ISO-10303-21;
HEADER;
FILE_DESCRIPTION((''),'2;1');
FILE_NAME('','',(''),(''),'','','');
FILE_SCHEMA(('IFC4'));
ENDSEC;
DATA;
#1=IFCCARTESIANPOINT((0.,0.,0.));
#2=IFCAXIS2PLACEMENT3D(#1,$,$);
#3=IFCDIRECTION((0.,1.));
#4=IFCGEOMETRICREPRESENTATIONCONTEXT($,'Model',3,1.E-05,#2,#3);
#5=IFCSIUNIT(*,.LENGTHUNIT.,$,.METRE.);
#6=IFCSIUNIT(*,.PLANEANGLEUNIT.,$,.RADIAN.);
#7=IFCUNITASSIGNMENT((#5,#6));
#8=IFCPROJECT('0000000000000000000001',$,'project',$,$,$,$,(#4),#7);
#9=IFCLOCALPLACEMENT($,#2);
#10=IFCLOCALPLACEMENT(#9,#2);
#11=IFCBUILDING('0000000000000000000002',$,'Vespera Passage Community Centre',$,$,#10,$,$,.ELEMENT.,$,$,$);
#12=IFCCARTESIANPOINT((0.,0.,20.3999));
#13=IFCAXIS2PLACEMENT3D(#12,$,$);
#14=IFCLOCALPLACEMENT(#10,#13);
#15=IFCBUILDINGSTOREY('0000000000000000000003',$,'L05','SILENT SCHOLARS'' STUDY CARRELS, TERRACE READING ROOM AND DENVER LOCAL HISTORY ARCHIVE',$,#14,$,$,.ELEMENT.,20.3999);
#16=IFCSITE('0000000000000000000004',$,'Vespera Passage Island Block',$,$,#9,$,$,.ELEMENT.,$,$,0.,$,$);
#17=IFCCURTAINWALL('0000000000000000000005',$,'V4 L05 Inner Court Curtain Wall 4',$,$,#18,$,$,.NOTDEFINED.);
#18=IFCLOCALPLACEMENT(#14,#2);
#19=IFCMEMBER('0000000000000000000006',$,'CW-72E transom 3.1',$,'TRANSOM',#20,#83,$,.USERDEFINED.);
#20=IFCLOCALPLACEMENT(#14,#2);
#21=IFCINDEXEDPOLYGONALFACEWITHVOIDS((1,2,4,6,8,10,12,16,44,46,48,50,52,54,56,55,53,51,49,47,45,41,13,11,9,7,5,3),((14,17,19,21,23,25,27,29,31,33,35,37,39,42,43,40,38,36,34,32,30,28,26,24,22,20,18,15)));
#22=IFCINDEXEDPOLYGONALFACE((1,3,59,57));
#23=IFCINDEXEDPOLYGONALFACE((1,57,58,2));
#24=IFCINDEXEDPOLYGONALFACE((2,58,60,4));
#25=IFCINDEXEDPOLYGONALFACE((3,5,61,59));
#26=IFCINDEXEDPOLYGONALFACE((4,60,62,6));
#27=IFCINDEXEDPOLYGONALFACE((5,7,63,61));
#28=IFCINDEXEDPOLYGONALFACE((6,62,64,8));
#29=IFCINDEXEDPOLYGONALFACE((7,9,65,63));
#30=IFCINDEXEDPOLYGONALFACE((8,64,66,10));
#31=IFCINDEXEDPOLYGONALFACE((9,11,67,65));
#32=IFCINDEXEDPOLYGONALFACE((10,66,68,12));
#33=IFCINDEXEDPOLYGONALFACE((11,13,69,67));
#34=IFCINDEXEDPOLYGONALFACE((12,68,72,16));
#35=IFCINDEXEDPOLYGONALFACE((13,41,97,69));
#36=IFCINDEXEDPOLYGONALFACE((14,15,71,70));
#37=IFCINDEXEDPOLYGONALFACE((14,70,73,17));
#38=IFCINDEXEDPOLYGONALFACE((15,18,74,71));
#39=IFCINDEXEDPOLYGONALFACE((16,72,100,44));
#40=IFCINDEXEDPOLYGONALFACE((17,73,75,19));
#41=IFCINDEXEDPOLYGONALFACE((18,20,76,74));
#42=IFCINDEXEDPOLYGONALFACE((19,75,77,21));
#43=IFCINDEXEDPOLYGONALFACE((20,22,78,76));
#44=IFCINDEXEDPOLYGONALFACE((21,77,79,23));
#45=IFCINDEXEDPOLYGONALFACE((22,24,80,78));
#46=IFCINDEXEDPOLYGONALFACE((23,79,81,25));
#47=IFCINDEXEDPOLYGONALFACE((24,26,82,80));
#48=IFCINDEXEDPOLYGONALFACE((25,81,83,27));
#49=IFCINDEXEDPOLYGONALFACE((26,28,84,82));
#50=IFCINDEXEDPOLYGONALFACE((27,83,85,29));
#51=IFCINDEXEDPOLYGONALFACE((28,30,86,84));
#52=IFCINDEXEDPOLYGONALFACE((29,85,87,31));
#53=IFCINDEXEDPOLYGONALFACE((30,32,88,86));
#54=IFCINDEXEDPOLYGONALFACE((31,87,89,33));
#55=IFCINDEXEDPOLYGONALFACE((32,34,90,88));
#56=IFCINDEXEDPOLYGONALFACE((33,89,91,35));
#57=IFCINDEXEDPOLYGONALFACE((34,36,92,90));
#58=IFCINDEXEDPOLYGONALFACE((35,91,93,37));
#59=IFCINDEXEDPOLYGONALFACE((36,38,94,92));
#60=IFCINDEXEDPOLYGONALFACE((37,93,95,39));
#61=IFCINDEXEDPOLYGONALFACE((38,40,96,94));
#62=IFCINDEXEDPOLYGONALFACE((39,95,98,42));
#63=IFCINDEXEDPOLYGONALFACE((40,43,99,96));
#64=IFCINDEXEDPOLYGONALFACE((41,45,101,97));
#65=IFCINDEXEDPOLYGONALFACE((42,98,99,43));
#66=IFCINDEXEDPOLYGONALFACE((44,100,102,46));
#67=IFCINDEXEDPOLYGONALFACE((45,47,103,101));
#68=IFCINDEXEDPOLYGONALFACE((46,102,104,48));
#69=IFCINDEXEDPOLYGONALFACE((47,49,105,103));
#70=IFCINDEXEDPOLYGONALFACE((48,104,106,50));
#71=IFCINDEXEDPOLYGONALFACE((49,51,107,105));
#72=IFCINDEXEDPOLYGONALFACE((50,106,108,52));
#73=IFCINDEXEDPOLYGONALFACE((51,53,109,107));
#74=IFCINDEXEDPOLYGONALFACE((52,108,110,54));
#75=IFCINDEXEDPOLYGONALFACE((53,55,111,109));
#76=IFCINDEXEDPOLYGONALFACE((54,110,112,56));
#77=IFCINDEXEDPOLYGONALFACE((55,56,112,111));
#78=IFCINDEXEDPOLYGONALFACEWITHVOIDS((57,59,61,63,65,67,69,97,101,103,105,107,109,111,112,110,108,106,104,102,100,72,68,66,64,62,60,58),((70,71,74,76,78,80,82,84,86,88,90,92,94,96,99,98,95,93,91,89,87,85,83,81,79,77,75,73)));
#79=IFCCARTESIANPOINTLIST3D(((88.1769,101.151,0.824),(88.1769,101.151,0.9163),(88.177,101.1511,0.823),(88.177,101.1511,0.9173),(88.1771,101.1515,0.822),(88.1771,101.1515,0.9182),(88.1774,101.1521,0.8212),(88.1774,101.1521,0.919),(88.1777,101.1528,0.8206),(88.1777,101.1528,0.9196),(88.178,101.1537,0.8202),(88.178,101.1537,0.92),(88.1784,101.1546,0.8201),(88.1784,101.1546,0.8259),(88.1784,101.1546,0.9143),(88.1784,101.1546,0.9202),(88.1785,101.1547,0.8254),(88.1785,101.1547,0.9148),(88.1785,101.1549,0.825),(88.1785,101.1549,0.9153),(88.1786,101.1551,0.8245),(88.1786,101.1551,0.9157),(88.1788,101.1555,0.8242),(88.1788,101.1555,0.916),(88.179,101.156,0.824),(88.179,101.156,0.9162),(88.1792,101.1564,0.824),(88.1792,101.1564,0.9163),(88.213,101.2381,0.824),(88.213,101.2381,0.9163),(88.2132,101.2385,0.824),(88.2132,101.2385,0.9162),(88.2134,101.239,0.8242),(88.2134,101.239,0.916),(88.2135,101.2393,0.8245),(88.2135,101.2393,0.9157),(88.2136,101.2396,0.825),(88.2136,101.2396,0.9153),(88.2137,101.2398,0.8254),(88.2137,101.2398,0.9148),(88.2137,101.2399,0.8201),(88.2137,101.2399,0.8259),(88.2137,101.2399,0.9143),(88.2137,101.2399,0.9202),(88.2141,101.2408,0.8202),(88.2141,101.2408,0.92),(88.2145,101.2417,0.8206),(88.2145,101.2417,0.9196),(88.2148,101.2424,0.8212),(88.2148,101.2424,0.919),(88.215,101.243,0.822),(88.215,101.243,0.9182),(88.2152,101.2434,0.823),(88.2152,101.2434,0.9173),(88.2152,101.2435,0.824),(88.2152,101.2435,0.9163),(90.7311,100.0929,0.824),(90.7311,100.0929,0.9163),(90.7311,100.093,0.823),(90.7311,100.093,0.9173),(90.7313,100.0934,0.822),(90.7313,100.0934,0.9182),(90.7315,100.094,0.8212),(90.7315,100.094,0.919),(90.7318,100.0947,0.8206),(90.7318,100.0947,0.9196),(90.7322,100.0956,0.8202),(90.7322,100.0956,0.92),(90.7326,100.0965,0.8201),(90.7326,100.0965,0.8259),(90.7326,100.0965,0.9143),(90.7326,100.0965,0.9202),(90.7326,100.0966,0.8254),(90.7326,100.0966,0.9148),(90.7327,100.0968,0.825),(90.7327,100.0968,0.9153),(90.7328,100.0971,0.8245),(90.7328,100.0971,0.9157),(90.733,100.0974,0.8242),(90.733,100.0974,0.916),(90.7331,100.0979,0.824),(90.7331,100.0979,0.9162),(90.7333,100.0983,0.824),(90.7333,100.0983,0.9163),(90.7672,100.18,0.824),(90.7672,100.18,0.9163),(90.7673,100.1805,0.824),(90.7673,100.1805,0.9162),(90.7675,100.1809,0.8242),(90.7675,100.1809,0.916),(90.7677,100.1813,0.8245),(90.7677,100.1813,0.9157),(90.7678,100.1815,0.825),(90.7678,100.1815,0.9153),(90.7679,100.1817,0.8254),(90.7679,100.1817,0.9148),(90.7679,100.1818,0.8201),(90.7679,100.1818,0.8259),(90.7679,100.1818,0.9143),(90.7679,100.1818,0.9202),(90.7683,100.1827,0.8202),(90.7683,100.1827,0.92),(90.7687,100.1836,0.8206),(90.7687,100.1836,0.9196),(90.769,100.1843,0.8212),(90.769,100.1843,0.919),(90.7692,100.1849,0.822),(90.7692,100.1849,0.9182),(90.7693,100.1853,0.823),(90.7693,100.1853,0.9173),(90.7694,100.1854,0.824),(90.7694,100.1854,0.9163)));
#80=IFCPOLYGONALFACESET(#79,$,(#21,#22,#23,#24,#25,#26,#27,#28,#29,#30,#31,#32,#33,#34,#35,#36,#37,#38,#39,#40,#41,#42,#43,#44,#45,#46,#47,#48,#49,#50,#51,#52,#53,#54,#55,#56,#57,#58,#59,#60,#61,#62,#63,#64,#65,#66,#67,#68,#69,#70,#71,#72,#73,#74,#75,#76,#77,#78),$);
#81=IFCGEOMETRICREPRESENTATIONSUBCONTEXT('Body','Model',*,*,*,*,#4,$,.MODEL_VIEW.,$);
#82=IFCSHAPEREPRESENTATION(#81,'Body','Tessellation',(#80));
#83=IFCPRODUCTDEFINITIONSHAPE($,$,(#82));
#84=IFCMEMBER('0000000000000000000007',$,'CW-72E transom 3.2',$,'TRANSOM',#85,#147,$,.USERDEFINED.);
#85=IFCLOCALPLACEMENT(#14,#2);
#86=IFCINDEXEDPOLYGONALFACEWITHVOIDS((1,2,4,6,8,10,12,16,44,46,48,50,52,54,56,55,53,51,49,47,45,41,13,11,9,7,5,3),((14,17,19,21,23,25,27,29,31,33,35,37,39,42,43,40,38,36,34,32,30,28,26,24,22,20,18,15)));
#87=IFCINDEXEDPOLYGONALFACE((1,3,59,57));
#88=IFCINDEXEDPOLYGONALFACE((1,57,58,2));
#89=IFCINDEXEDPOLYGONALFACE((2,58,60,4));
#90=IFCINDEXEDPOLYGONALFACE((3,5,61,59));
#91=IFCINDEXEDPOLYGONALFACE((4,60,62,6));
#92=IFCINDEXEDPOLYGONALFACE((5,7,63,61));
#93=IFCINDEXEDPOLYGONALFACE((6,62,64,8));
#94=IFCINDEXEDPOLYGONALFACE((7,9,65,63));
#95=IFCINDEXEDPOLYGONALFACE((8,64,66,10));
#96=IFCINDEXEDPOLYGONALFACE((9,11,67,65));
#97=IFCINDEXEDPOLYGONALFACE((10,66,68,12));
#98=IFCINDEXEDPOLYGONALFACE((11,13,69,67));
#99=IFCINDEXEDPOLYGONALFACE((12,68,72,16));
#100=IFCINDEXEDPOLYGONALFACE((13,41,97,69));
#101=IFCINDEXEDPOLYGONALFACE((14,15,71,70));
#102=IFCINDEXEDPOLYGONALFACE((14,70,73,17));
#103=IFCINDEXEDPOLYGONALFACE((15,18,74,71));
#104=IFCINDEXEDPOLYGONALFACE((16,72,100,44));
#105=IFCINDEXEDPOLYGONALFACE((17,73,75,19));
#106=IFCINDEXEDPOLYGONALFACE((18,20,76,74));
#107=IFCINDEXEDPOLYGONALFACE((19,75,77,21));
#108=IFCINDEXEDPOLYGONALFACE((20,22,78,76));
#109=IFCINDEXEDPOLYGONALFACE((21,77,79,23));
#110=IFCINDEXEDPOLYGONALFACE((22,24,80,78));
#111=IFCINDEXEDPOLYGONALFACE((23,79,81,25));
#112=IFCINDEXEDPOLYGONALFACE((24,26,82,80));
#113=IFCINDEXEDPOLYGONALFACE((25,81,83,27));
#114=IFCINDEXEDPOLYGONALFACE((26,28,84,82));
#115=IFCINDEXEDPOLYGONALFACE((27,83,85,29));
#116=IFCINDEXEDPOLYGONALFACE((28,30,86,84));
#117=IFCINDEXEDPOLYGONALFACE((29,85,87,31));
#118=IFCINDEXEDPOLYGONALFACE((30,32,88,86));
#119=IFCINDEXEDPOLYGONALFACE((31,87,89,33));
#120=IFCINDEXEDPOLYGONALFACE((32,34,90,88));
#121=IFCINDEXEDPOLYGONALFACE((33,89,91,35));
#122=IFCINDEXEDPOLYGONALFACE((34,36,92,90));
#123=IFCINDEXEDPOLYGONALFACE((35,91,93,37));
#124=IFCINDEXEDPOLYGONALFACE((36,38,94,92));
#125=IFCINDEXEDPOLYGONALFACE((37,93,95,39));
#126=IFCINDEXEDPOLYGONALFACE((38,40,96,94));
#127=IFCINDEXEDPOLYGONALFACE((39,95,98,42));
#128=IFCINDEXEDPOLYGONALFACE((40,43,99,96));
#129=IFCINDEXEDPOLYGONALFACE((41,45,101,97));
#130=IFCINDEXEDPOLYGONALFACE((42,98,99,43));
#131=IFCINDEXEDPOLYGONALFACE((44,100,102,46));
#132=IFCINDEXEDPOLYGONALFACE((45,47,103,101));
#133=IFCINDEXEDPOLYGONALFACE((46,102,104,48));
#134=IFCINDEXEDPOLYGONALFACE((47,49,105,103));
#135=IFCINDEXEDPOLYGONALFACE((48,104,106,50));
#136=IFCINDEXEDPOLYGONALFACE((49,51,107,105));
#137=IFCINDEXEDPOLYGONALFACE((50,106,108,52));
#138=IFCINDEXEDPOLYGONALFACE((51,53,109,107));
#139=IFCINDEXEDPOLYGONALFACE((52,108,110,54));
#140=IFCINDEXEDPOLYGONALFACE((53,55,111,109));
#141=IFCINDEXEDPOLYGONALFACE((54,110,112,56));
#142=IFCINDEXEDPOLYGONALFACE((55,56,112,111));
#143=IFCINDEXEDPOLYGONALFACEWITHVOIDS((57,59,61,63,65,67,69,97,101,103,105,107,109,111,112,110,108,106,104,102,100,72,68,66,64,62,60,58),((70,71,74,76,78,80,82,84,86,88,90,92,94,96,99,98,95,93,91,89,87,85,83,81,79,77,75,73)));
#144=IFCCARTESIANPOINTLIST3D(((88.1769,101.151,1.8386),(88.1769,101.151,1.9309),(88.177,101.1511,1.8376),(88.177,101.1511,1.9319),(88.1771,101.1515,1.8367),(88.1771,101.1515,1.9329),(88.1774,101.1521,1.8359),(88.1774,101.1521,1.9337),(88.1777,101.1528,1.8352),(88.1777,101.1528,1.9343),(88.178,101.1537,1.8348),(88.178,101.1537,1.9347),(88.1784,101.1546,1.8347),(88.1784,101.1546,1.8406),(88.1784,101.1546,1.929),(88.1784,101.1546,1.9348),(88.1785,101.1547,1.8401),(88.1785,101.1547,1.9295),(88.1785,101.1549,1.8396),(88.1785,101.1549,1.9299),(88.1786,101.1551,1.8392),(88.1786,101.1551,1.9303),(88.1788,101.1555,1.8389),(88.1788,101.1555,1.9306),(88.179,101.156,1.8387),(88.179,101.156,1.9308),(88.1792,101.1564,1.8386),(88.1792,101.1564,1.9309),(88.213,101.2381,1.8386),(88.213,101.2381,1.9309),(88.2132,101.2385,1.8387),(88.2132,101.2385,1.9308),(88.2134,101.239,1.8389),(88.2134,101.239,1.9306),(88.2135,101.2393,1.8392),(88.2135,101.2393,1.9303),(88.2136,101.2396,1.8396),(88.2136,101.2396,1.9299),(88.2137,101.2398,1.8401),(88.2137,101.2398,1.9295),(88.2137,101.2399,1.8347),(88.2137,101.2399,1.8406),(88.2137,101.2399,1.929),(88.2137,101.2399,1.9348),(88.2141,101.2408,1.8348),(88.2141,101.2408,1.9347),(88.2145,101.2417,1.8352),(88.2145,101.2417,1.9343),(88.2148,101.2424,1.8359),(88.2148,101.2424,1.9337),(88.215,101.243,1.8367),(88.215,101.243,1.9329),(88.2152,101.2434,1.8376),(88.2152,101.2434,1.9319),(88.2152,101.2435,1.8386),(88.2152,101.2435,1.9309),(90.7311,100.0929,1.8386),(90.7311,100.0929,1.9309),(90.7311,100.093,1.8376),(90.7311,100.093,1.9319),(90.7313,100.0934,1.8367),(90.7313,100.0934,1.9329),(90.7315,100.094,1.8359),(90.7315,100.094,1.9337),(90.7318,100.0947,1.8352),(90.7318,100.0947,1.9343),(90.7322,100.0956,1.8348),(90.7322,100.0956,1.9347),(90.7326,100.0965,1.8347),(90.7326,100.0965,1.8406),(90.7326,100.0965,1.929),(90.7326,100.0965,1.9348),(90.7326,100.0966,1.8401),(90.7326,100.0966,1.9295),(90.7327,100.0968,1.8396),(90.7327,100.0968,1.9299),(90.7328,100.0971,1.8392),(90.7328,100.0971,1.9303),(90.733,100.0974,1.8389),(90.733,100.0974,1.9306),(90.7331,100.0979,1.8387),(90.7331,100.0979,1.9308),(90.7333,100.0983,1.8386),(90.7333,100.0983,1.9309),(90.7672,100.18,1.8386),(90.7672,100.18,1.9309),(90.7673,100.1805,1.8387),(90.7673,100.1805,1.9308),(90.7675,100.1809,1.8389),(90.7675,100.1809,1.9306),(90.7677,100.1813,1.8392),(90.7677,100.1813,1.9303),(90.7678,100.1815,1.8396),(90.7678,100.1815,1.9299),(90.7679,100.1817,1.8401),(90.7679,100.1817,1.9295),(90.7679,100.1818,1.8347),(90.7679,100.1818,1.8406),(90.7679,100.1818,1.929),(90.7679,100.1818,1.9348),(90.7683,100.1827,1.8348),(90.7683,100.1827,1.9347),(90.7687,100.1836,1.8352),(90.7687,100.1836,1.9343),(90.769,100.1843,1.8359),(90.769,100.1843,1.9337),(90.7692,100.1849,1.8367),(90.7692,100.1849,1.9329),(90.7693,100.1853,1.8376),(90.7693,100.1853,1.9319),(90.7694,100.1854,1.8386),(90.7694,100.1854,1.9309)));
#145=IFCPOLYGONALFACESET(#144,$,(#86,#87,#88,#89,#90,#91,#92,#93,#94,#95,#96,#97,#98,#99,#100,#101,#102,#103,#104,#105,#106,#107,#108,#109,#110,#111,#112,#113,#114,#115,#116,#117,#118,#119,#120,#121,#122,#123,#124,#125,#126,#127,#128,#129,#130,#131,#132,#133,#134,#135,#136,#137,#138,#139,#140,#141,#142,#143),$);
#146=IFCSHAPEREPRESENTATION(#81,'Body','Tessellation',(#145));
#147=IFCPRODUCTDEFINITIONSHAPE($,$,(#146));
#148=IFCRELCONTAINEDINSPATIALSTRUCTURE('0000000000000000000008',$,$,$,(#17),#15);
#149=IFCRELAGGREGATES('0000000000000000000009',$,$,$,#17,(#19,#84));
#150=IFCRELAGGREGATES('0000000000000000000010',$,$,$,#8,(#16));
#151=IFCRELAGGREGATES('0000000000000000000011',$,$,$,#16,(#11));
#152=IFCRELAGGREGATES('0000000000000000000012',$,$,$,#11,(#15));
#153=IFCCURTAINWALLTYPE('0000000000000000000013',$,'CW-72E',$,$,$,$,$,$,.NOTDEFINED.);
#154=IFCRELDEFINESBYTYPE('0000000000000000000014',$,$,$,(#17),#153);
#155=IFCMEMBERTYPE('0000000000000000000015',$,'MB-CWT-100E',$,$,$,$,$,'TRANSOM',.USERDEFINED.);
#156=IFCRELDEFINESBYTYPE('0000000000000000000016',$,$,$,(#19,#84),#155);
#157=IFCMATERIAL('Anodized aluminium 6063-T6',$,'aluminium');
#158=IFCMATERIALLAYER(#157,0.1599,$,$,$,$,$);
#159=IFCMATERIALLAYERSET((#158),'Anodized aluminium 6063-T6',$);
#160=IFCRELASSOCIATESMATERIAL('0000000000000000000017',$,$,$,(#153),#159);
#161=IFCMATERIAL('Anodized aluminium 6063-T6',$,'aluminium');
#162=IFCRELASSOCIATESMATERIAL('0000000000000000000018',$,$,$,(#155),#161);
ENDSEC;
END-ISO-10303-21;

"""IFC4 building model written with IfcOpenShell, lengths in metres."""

from ifc_helpers import new_model, si_unit, direction, frame, origin, origin_2d, place, context, subcontext, project, spatial, hollow_rectangle, extrude, material, layer, layer_set, material_profile, profile_set, type_object, element, aggregate, save


model = new_model("IFC4")

# Units and contexts
model_context = context("Model", 3, precision=1e-05, world=origin(), true_north=direction((0.0, 1.0)))
body_context = subcontext(model_context, "Body", "Model", "MODEL_VIEW")
ifc_project = project(units=[si_unit("LENGTHUNIT", "METRE"), si_unit("PLANEANGLEUNIT", "RADIAN")], contexts=[model_context])

# Site, building, storey
site_placement = place(None, origin())
site = spatial("IfcSite", under=ifc_project, at=site_placement, Name="Vespera Passage Island Block", CompositionType="ELEMENT", RefElevation=0.0)
building_placement = place(site_placement, origin())
building = spatial("IfcBuilding", under=site, at=building_placement, Name="Vespera Passage Community Centre", CompositionType="ELEMENT")
storey_placement = place(building_placement, frame((0.0, 0.0, 20.3999)))
storey = spatial("IfcBuildingStorey", under=building, at=storey_placement, Name="L05", Description="SILENT SCHOLARS' STUDY CARRELS, TERRACE READING ROOM AND DENVER LOCAL HISTORY ARCHIVE", CompositionType="ELEMENT", Elevation=20.3999)

# Curtain wall, members
ifc_material_1 = material(Name="Anodized aluminium 6063-T6", Category="aluminium")
ifc_layer_1 = layer(ifc_material_1, 0.1599)
ifc_layer_set_1 = layer_set([ifc_layer_1], Name="Anodized aluminium 6063-T6")
curtain_wall_type_1 = type_object("IfcCurtainWallType", Name="CW-72E", PredefinedType="NOTDEFINED", material=ifc_layer_set_1)
curtain_wall_1_placement = place(storey_placement, origin())
curtain_wall_1 = element("IfcCurtainWall", 1, at=curtain_wall_1_placement, inside=storey, type_object=curtain_wall_type_1, Name="V4 L05 Inner Court Curtain Wall 4", PredefinedType="NOTDEFINED")
ifc_material_2 = material(Name="Anodized aluminium 6063-T6", Category="aluminium")
ifc_material_profile_1 = material_profile(ifc_material_2, hollow_rectangle(XDim=0.1001, YDim=0.1001, WallThickness=0.0039, InnerFilletRadius=0.002, OuterFilletRadius=0.0039, at=origin_2d()), Name="ALU100X100X4")
ifc_profile_set_1 = profile_set([ifc_material_profile_1], Name="Anodized aluminium 6063-T6")
member_type_1 = type_object("IfcMemberType", Name="MB-CWT-100E", ElementType="TRANSOM", PredefinedType="USERDEFINED", material=ifc_profile_set_1)
member_1_placement = place(storey_placement, frame((90.7502, 100.1392, 0.8701), z_axis=(-0.923864, 0.382721, 0.0), x_axis=(-0.382721, -0.923864, 0.0)))
member_1 = element("IfcMember", 2, at=member_1_placement, type_object=member_type_1, Name="CW-72E transom 3.1", ObjectType="TRANSOM", PredefinedType="USERDEFINED", context=body_context, shape_type="SweptSolid", body=[
    extrude(hollow_rectangle(XDim=0.1001, YDim=0.1001, WallThickness=0.0039, InnerFilletRadius=0.002, OuterFilletRadius=0.0039, at=origin_2d()), origin(), (0.0, 0.0, 1.0), 2.7646),
])
member_2_placement = place(storey_placement, frame((90.7502, 100.1392, 1.8848), z_axis=(-0.923864, 0.382721, 0.0), x_axis=(-0.382721, -0.923864, 0.0)))
member_2 = element("IfcMember", 3, at=member_2_placement, type_object=member_type_1, Name="CW-72E transom 3.2", ObjectType="TRANSOM", PredefinedType="USERDEFINED", context=body_context, shape_type="SweptSolid", body=[
    extrude(hollow_rectangle(XDim=0.1001, YDim=0.1001, WallThickness=0.0039, InnerFilletRadius=0.002, OuterFilletRadius=0.0039, at=origin_2d()), origin(), (0.0, 0.0, 1.0), 2.7646),
])

aggregate(curtain_wall_1, [member_1, member_2])

save(model, "model.ifc")
